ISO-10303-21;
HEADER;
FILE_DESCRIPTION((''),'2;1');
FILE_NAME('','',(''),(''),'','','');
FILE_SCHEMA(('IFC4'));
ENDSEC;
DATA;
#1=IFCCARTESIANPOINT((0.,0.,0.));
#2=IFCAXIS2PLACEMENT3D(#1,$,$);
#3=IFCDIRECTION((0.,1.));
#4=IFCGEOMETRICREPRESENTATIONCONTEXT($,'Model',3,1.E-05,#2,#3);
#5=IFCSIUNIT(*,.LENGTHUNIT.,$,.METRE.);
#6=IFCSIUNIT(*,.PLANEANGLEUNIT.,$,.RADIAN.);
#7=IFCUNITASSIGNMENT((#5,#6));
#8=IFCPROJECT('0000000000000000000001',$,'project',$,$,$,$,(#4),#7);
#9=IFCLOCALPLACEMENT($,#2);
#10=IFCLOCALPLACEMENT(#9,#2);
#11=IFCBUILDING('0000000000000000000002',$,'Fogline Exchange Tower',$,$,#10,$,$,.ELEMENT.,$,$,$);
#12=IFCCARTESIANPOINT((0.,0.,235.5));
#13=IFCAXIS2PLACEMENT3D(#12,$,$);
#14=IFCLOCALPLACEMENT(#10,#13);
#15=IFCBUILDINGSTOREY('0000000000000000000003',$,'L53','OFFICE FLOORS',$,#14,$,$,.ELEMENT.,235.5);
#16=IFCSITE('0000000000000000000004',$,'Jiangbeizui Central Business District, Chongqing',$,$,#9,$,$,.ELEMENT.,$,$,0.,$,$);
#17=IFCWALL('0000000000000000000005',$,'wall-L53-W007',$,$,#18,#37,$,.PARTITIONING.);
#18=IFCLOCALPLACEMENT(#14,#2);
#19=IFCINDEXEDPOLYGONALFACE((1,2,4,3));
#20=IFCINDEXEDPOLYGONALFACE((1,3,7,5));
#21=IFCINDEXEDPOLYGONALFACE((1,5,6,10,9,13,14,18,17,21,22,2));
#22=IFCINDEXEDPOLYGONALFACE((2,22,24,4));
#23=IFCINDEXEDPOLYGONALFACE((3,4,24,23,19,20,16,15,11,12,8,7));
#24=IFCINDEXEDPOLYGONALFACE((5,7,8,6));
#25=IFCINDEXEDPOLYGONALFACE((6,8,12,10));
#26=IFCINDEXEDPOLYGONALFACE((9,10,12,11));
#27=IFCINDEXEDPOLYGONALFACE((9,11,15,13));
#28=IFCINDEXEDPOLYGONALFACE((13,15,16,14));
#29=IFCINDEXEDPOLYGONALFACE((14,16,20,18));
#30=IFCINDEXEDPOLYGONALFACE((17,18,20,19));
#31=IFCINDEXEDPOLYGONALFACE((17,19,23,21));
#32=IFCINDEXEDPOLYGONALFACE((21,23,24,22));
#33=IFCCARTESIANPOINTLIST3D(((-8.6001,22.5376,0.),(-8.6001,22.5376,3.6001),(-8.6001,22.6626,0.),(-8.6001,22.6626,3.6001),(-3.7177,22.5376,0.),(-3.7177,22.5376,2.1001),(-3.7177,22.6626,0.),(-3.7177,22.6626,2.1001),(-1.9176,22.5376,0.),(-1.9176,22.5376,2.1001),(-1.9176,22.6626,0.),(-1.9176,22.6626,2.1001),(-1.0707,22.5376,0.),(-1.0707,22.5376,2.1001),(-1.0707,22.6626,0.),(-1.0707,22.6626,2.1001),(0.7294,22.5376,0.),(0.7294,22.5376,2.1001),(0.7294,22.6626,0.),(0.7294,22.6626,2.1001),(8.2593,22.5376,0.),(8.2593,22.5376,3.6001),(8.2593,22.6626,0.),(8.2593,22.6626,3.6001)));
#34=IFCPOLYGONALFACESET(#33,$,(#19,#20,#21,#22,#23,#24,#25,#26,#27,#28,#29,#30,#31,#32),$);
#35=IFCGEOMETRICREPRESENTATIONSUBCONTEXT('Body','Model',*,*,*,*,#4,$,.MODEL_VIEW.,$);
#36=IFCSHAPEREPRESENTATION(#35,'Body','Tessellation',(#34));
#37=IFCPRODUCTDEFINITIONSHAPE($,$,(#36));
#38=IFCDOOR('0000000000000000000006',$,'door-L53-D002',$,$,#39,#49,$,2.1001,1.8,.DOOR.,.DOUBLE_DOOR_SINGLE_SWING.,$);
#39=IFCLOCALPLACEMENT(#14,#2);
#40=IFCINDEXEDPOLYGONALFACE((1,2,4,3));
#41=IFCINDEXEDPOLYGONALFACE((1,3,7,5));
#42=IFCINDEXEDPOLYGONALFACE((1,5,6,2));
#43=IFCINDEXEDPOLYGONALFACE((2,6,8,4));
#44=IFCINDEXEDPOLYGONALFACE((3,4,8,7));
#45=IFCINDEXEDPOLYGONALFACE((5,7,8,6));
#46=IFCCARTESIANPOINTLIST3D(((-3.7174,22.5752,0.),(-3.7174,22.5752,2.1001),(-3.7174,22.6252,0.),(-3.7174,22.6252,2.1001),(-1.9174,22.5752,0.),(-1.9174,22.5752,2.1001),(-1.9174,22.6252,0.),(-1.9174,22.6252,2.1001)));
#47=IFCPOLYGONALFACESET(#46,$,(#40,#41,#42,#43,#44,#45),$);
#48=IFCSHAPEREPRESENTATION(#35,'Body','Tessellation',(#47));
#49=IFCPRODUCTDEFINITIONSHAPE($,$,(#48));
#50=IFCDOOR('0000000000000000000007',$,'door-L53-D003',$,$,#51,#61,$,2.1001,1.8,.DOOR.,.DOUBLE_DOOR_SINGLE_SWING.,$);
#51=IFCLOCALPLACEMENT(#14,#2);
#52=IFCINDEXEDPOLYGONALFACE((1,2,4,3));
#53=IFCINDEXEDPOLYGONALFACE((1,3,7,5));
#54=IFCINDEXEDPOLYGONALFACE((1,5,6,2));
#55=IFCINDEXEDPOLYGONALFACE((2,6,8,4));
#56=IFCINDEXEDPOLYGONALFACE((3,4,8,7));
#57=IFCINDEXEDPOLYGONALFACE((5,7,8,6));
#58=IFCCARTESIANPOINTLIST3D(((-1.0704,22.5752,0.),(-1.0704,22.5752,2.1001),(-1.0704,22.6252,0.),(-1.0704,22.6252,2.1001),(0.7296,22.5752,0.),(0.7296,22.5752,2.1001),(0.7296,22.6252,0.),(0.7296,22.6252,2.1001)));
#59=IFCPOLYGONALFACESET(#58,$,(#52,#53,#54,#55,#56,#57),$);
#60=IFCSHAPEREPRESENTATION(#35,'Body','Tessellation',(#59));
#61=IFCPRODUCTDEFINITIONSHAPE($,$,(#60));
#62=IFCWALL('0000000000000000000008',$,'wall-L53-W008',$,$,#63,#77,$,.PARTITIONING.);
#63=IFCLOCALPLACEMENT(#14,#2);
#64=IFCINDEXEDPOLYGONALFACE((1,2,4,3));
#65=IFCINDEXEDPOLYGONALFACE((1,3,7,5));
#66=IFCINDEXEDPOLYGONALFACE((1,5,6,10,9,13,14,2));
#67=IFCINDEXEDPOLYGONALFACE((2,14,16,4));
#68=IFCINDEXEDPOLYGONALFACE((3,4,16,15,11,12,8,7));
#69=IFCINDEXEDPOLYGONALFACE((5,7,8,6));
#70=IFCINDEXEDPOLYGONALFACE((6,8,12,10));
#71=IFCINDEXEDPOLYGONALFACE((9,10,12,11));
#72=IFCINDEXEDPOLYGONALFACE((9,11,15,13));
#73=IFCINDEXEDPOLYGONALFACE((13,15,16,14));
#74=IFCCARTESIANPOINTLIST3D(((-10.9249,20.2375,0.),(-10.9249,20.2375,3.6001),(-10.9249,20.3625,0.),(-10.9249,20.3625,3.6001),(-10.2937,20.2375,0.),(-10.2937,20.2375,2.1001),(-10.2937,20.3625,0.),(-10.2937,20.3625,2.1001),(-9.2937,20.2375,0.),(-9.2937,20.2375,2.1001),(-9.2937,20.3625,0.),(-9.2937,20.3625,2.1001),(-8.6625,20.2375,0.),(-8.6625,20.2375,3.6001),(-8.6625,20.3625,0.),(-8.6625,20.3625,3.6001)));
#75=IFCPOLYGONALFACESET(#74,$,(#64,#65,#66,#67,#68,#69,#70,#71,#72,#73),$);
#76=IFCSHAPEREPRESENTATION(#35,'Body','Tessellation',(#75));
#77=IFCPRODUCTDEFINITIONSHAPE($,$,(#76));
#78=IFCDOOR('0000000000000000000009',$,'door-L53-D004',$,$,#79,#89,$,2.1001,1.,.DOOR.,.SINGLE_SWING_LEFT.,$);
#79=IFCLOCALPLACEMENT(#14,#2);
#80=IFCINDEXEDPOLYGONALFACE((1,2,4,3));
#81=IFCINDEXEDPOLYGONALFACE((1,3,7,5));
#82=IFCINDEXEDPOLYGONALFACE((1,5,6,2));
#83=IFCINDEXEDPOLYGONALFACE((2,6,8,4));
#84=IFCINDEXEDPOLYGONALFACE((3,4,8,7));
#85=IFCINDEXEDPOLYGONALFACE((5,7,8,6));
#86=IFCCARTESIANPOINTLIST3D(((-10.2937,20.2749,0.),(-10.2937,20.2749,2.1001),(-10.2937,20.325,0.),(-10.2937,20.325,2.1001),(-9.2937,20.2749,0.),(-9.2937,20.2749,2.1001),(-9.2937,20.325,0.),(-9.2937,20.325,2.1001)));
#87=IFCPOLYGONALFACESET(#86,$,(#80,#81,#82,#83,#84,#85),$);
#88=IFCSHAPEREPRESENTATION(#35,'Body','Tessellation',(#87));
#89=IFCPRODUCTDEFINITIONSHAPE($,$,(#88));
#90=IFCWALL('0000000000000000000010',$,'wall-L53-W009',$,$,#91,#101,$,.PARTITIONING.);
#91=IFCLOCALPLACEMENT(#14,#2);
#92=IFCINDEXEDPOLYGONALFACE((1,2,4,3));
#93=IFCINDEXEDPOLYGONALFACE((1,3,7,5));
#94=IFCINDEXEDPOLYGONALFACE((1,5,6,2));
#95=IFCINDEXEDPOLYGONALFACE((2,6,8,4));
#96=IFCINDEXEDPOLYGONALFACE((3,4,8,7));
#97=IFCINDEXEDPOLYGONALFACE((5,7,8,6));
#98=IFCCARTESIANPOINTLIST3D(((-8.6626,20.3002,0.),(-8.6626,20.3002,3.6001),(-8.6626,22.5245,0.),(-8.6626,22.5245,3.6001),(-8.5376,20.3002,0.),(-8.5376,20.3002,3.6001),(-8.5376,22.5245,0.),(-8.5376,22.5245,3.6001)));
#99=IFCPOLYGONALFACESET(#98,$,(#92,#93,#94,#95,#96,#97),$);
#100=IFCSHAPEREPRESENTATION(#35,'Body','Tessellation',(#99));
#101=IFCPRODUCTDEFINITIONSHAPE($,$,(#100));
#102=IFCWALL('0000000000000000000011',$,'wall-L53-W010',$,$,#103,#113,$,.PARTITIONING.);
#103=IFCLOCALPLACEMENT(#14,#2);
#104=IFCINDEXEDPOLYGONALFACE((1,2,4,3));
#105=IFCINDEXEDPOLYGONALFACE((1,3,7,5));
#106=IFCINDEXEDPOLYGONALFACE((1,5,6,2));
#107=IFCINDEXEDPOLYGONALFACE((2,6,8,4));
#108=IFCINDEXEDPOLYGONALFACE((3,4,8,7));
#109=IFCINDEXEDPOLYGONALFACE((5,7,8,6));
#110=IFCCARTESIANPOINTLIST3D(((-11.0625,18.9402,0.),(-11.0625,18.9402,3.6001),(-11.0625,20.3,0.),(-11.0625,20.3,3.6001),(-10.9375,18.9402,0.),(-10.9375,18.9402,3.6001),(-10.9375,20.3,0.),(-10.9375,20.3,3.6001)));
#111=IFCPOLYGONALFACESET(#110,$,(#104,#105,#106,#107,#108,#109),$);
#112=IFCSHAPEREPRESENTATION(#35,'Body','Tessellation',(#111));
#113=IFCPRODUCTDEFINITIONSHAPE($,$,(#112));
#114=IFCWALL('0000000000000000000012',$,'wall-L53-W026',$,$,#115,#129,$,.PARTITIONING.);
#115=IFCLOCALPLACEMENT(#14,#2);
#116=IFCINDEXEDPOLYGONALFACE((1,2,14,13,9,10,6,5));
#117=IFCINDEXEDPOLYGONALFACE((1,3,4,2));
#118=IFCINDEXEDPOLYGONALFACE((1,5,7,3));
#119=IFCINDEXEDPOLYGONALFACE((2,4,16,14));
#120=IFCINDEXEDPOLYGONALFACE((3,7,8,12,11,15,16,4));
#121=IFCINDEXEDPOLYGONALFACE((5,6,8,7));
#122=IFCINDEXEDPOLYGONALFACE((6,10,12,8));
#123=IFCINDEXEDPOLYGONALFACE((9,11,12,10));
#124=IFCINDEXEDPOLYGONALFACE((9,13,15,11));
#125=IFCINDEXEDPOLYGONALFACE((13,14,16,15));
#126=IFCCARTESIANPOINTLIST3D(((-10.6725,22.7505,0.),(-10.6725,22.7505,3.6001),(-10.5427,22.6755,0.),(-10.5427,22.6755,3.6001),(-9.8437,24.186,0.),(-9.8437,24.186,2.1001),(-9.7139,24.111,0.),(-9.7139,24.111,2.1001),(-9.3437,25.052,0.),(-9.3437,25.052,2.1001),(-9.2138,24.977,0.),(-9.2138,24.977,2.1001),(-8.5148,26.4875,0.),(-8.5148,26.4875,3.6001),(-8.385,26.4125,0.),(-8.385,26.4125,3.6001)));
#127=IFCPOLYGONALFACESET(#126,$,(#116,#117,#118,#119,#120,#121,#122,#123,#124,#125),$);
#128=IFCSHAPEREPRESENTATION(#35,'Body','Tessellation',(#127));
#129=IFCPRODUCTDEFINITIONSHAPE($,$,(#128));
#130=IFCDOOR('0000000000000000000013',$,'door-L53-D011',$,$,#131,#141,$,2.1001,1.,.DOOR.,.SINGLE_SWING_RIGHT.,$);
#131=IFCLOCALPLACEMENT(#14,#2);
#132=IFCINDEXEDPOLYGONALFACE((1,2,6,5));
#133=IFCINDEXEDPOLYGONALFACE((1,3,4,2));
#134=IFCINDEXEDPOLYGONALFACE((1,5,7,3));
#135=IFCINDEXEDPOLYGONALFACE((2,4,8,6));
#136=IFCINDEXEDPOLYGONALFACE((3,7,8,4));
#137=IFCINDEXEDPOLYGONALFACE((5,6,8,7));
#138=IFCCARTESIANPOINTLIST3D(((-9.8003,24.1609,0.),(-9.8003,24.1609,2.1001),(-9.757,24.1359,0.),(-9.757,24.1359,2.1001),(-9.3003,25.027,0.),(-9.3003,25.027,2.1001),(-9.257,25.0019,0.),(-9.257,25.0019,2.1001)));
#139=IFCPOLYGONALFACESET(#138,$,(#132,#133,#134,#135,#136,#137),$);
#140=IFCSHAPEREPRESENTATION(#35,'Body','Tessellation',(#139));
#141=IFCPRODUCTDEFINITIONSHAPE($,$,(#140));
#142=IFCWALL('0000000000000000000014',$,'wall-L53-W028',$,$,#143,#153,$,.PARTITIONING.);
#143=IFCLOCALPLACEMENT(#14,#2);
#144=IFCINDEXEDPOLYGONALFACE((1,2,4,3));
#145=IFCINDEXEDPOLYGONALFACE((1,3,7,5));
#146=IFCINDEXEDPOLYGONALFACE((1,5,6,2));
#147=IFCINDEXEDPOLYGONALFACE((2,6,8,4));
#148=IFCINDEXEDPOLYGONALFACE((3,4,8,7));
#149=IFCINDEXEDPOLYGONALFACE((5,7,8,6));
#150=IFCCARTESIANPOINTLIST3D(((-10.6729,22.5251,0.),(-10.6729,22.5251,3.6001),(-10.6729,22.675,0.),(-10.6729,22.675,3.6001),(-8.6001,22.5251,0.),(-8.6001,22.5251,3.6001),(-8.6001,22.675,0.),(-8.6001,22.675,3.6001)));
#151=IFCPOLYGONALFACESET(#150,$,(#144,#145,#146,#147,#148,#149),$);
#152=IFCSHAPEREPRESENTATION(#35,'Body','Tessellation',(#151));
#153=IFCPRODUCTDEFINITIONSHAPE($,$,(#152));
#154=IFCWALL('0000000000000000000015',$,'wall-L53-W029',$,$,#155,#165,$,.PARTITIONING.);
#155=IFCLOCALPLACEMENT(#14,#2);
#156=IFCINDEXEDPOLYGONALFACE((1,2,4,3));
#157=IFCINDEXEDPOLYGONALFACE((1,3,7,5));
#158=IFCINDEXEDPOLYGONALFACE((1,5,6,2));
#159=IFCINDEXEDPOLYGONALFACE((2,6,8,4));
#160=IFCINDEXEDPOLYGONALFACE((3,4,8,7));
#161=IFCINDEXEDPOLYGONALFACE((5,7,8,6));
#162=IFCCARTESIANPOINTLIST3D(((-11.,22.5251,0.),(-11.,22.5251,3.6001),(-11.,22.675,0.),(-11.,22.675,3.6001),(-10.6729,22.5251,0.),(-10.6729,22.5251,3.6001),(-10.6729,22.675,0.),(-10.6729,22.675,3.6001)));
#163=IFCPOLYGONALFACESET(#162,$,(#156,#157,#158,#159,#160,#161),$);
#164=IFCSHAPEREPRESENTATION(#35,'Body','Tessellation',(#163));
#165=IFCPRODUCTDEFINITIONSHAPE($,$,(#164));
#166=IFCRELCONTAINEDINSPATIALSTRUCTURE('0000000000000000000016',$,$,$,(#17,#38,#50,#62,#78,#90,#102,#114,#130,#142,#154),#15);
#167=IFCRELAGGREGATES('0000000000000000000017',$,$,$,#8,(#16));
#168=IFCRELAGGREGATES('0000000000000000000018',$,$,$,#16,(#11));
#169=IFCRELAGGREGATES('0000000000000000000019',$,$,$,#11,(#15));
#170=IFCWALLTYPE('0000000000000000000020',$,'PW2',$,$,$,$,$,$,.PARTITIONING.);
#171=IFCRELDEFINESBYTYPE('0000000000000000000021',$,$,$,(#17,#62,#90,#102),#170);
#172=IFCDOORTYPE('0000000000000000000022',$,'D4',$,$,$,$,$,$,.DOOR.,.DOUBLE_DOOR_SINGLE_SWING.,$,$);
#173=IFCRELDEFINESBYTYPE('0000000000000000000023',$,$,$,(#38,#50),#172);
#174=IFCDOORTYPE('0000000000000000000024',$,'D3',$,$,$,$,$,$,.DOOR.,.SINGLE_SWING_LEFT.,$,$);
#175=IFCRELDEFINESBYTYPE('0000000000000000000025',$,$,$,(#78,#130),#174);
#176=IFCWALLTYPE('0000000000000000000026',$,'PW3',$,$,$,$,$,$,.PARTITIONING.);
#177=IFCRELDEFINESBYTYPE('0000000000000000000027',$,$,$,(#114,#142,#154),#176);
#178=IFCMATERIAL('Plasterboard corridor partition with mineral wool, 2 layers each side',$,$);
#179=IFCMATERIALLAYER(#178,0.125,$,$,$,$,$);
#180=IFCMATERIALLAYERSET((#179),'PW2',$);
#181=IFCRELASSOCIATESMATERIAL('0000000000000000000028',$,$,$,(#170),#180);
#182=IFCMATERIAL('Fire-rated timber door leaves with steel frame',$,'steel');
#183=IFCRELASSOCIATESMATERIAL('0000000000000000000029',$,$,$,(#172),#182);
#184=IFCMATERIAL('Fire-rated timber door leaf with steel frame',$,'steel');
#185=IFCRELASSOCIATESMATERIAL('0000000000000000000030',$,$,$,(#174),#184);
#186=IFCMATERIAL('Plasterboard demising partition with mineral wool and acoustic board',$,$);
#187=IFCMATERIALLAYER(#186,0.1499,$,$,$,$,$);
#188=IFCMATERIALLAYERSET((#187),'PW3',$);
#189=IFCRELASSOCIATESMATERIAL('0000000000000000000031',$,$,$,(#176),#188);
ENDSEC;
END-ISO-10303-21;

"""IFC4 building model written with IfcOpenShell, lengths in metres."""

from ifc_helpers import new_model, si_unit, direction, frame, frame_2d, origin, place, context, subcontext, project, spatial, rectangle, extrude, material, layer, layer_set, type_object, element, fill, save


model = new_model("IFC4")

# Units and contexts
model_context = context("Model", 3, precision=1e-05, world=origin(), true_north=direction((0.0, 1.0)))
body_context = subcontext(model_context, "Body", "Model", "MODEL_VIEW")
ifc_project = project(units=[si_unit("LENGTHUNIT", "METRE"), si_unit("PLANEANGLEUNIT", "RADIAN")], contexts=[model_context])

# Site, building, storey
site_placement = place(None, origin())
site = spatial("IfcSite", under=ifc_project, at=site_placement, Name="Jiangbeizui Central Business District, Chongqing", CompositionType="ELEMENT", RefElevation=0.0)
building_placement = place(site_placement, origin())
building = spatial("IfcBuilding", under=site, at=building_placement, Name="Fogline Exchange Tower", CompositionType="ELEMENT")
storey_placement = place(building_placement, frame((0.0, 0.0, 235.5)))
storey = spatial("IfcBuildingStorey", under=building, at=storey_placement, Name="L53", Description="OFFICE FLOORS", CompositionType="ELEMENT", Elevation=235.5)

# Wall, openings, doors
ifc_material_1 = material(Name="Plasterboard corridor partition with mineral wool, 2 layers each side")
ifc_layer_1 = layer(ifc_material_1, 0.125)
ifc_layer_set_1 = layer_set([ifc_layer_1], Name="PW2")
wall_type_1 = type_object("IfcWallType", Name="PW2", PredefinedType="PARTITIONING", material=ifc_layer_set_1)
wall_1_placement = place(storey_placement, frame((-8.6001, 22.6001, 0.0), z_axis=(0.0, 0.0, 1.0), x_axis=(1.0, 0.0, 0.0)))
wall_1 = element("IfcWall", 1, at=wall_1_placement, inside=storey, type_object=wall_type_1, Name="wall-L53-W007", PredefinedType="PARTITIONING", context=body_context, shape_type="SweptSolid", body=[
    extrude(rectangle(XDim=16.8594, YDim=0.125, at=frame_2d((8.4297, 0.0))), origin(), (0.0, 0.0, 1.0), 3.6001),
])
opening_1_placement = place(wall_1_placement, frame((4.8826, 0.0, 0.0)))
opening_1 = element("IfcOpeningElement", 2, at=opening_1_placement, cuts=wall_1, PredefinedType="OPENING", context=body_context, shape_type="SweptSolid", body=[
    extrude(rectangle(XDim=1.8, YDim=2.1001, at=frame_2d((0.8999, 1.05))), frame((0.0, 0.0725, 0.0), z_axis=(0.0, -1.0, 0.0), x_axis=(1.0, 0.0, 0.0)), (0.0, 0.0, 1.0), 0.145),
])
opening_2_placement = place(wall_1_placement, frame((7.5295, 0.0, 0.0)))
opening_2 = element("IfcOpeningElement", 3, at=opening_2_placement, cuts=wall_1, PredefinedType="OPENING", context=body_context, shape_type="SweptSolid", body=[
    extrude(rectangle(XDim=1.8, YDim=2.1001, at=frame_2d((0.8999, 1.05))), frame((0.0, 0.0725, 0.0), z_axis=(0.0, -1.0, 0.0), x_axis=(1.0, 0.0, 0.0)), (0.0, 0.0, 1.0), 0.145),
])
ifc_material_2 = material(Name="Fire-rated timber door leaves with steel frame", Category="steel")
door_type_1 = type_object("IfcDoorType", Name="D4", OperationType="DOUBLE_DOOR_SINGLE_SWING", PredefinedType="DOOR", material=ifc_material_2)
door_1_placement = place(opening_1_placement, frame((1.8, 0.0, 0.0), z_axis=(0.0, 0.0, 1.0), x_axis=(-1.0, 0.0, 0.0)))
door_1 = element("IfcDoor", 4, at=door_1_placement, inside=storey, type_object=door_type_1, Name="door-L53-D002", OperationType="DOUBLE_DOOR_SINGLE_SWING", OverallHeight=2.1001, OverallWidth=1.8, PredefinedType="DOOR", context=body_context, shape_type="SweptSolid", body=[
    extrude(rectangle(XDim=1.8, YDim=2.1001, at=frame_2d((0.8999, 1.05))), frame((0.0, 0.0249, 0.0), z_axis=(0.0, -1.0, 0.0), x_axis=(1.0, 0.0, 0.0)), (0.0, 0.0, 1.0), 0.05),
])
fill(opening_1, door_1)
door_2_placement = place(opening_2_placement, frame((1.8, 0.0, 0.0), z_axis=(0.0, 0.0, 1.0), x_axis=(-1.0, 0.0, 0.0)))
door_2 = element("IfcDoor", 5, at=door_2_placement, inside=storey, type_object=door_type_1, Name="door-L53-D003", OperationType="DOUBLE_DOOR_SINGLE_SWING", OverallHeight=2.1001, OverallWidth=1.8, PredefinedType="DOOR", context=body_context, shape_type="SweptSolid", body=[
    extrude(rectangle(XDim=1.8, YDim=2.1001, at=frame_2d((0.8999, 1.05))), frame((0.0, 0.0249, 0.0), z_axis=(0.0, -1.0, 0.0), x_axis=(1.0, 0.0, 0.0)), (0.0, 0.0, 1.0), 0.05),
])
fill(opening_2, door_2)

# Wall, opening, door
wall_2_placement = place(storey_placement, frame((-10.925, 20.3, 0.0), z_axis=(0.0, 0.0, 1.0), x_axis=(1.0, 0.0, 0.0)))
wall_2 = element("IfcWall", 6, at=wall_2_placement, inside=storey, type_object=wall_type_1, Name="wall-L53-W008", PredefinedType="PARTITIONING", context=body_context, shape_type="SweptSolid", body=[
    extrude(rectangle(XDim=2.2625, YDim=0.125, at=frame_2d((1.1313, 0.0))), origin(), (0.0, 0.0, 1.0), 3.6001),
])
opening_3_placement = place(wall_2_placement, frame((0.6313, 0.0, 0.0)))
opening_3 = element("IfcOpeningElement", 7, at=opening_3_placement, cuts=wall_2, PredefinedType="OPENING", context=body_context, shape_type="SweptSolid", body=[
    extrude(rectangle(XDim=1.0, YDim=2.1001, at=frame_2d((0.5, 1.05))), frame((0.0, 0.0725, 0.0), z_axis=(0.0, -1.0, 0.0), x_axis=(1.0, 0.0, 0.0)), (0.0, 0.0, 1.0), 0.145),
])
ifc_material_3 = material(Name="Fire-rated timber door leaf with steel frame", Category="steel")
door_type_2 = type_object("IfcDoorType", Name="D3", OperationType="SINGLE_SWING_LEFT", PredefinedType="DOOR", material=ifc_material_3)
door_3_placement = place(opening_3_placement, origin())
door_3 = element("IfcDoor", 8, at=door_3_placement, inside=storey, type_object=door_type_2, Name="door-L53-D004", OperationType="SINGLE_SWING_LEFT", OverallHeight=2.1001, OverallWidth=1.0, PredefinedType="DOOR", context=body_context, shape_type="SweptSolid", body=[
    extrude(rectangle(XDim=1.0, YDim=2.1001, at=frame_2d((0.5, 1.05))), frame((0.0, 0.0249, 0.0), z_axis=(0.0, -1.0, 0.0), x_axis=(1.0, 0.0, 0.0)), (0.0, 0.0, 1.0), 0.05),
])
fill(opening_3, door_3)

# Walls
wall_3_placement = place(storey_placement, frame((-8.6001, 20.3, 0.0), z_axis=(0.0, 0.0, 1.0), x_axis=(0.0, 1.0, 0.0)))
element("IfcWall", 9, at=wall_3_placement, inside=storey, type_object=wall_type_1, Name="wall-L53-W009", PredefinedType="PARTITIONING", context=body_context, shape_type="SweptSolid", body=[
    extrude(rectangle(XDim=2.2244, YDim=0.125, at=frame_2d((1.1123, 0.0))), origin(), (0.0, 0.0, 1.0), 3.6001),
])
wall_4_placement = place(storey_placement, frame((-11.0, 18.9402, 0.0), z_axis=(0.0, 0.0, 1.0), x_axis=(0.0, 1.0, 0.0)))
element("IfcWall", 10, at=wall_4_placement, inside=storey, type_object=wall_type_1, Name="wall-L53-W010", PredefinedType="PARTITIONING", context=body_context, shape_type="SweptSolid", body=[
    extrude(rectangle(XDim=1.3599, YDim=0.125, at=frame_2d((0.6799, 0.0))), origin(), (0.0, 0.0, 1.0), 3.6001),
])

# Wall, opening, door
ifc_material_4 = material(Name="Plasterboard demising partition with mineral wool and acoustic board")
ifc_layer_2 = layer(ifc_material_4, 0.1499)
ifc_layer_set_2 = layer_set([ifc_layer_2], Name="PW3")
wall_type_2 = type_object("IfcWallType", Name="PW3", PredefinedType="PARTITIONING", material=ifc_layer_set_2)
wall_5_placement = place(storey_placement, frame((-10.6077, 22.7129, 0.0), z_axis=(0.0, 0.0, 1.0), x_axis=(0.500021, 0.866013, 0.0)))
wall_5 = element("IfcWall", 11, at=wall_5_placement, inside=storey, type_object=wall_type_2, Name="wall-L53-W026", PredefinedType="PARTITIONING", context=body_context, shape_type="SweptSolid", body=[
    extrude(rectangle(XDim=4.3152, YDim=0.1499, at=frame_2d((2.1577, 0.0))), origin(), (0.0, 0.0, 1.0), 3.6001),
])
opening_4_placement = place(wall_5_placement, frame((1.6577, 0.0, 0.0)))
opening_4 = element("IfcOpeningElement", 12, at=opening_4_placement, cuts=wall_5, PredefinedType="OPENING", context=body_context, shape_type="SweptSolid", body=[
    extrude(rectangle(XDim=1.0, YDim=2.1001, at=frame_2d((0.5, 1.05))), frame((0.0, 0.085, 0.0), z_axis=(0.0, -1.0, 0.0), x_axis=(1.0, 0.0, 0.0)), (0.0, 0.0, 1.0), 0.1699),
])
door_4_placement = place(opening_4_placement, origin())
door_4 = element("IfcDoor", 13, at=door_4_placement, inside=storey, type_object=door_type_2, Name="door-L53-D011", OperationType="SINGLE_SWING_RIGHT", OverallHeight=2.1001, OverallWidth=1.0, PredefinedType="DOOR", context=body_context, shape_type="SweptSolid", body=[
    extrude(rectangle(XDim=1.0, YDim=2.1001, at=frame_2d((0.5, 1.05))), frame((0.0, 0.0249, 0.0), z_axis=(0.0, -1.0, 0.0), x_axis=(1.0, 0.0, 0.0)), (0.0, 0.0, 1.0), 0.05),
])
fill(opening_4, door_4)

# Walls
wall_6_placement = place(storey_placement, frame((-8.6001, 22.6001, 0.0), z_axis=(0.0, 0.0, 1.0), x_axis=(-1.0, 0.0, 0.0)))
element("IfcWall", 14, at=wall_6_placement, inside=storey, type_object=wall_type_2, Name="wall-L53-W028", PredefinedType="PARTITIONING", context=body_context, shape_type="SweptSolid", body=[
    extrude(rectangle(XDim=2.0728, YDim=0.1499, at=frame_2d((1.0364, 0.0))), origin(), (0.0, 0.0, 1.0), 3.6001),
])
wall_7_placement = place(storey_placement, frame((-10.6729, 22.6001, 0.0), z_axis=(0.0, 0.0, 1.0), x_axis=(-1.0, 0.0, 0.0)))
element("IfcWall", 15, at=wall_7_placement, inside=storey, type_object=wall_type_2, Name="wall-L53-W029", PredefinedType="PARTITIONING", context=body_context, shape_type="SweptSolid", body=[
    extrude(rectangle(XDim=0.3271, YDim=0.1499, at=frame_2d((0.1636, 0.0))), origin(), (0.0, 0.0, 1.0), 3.6001),
])

save(model, "model.ifc")
